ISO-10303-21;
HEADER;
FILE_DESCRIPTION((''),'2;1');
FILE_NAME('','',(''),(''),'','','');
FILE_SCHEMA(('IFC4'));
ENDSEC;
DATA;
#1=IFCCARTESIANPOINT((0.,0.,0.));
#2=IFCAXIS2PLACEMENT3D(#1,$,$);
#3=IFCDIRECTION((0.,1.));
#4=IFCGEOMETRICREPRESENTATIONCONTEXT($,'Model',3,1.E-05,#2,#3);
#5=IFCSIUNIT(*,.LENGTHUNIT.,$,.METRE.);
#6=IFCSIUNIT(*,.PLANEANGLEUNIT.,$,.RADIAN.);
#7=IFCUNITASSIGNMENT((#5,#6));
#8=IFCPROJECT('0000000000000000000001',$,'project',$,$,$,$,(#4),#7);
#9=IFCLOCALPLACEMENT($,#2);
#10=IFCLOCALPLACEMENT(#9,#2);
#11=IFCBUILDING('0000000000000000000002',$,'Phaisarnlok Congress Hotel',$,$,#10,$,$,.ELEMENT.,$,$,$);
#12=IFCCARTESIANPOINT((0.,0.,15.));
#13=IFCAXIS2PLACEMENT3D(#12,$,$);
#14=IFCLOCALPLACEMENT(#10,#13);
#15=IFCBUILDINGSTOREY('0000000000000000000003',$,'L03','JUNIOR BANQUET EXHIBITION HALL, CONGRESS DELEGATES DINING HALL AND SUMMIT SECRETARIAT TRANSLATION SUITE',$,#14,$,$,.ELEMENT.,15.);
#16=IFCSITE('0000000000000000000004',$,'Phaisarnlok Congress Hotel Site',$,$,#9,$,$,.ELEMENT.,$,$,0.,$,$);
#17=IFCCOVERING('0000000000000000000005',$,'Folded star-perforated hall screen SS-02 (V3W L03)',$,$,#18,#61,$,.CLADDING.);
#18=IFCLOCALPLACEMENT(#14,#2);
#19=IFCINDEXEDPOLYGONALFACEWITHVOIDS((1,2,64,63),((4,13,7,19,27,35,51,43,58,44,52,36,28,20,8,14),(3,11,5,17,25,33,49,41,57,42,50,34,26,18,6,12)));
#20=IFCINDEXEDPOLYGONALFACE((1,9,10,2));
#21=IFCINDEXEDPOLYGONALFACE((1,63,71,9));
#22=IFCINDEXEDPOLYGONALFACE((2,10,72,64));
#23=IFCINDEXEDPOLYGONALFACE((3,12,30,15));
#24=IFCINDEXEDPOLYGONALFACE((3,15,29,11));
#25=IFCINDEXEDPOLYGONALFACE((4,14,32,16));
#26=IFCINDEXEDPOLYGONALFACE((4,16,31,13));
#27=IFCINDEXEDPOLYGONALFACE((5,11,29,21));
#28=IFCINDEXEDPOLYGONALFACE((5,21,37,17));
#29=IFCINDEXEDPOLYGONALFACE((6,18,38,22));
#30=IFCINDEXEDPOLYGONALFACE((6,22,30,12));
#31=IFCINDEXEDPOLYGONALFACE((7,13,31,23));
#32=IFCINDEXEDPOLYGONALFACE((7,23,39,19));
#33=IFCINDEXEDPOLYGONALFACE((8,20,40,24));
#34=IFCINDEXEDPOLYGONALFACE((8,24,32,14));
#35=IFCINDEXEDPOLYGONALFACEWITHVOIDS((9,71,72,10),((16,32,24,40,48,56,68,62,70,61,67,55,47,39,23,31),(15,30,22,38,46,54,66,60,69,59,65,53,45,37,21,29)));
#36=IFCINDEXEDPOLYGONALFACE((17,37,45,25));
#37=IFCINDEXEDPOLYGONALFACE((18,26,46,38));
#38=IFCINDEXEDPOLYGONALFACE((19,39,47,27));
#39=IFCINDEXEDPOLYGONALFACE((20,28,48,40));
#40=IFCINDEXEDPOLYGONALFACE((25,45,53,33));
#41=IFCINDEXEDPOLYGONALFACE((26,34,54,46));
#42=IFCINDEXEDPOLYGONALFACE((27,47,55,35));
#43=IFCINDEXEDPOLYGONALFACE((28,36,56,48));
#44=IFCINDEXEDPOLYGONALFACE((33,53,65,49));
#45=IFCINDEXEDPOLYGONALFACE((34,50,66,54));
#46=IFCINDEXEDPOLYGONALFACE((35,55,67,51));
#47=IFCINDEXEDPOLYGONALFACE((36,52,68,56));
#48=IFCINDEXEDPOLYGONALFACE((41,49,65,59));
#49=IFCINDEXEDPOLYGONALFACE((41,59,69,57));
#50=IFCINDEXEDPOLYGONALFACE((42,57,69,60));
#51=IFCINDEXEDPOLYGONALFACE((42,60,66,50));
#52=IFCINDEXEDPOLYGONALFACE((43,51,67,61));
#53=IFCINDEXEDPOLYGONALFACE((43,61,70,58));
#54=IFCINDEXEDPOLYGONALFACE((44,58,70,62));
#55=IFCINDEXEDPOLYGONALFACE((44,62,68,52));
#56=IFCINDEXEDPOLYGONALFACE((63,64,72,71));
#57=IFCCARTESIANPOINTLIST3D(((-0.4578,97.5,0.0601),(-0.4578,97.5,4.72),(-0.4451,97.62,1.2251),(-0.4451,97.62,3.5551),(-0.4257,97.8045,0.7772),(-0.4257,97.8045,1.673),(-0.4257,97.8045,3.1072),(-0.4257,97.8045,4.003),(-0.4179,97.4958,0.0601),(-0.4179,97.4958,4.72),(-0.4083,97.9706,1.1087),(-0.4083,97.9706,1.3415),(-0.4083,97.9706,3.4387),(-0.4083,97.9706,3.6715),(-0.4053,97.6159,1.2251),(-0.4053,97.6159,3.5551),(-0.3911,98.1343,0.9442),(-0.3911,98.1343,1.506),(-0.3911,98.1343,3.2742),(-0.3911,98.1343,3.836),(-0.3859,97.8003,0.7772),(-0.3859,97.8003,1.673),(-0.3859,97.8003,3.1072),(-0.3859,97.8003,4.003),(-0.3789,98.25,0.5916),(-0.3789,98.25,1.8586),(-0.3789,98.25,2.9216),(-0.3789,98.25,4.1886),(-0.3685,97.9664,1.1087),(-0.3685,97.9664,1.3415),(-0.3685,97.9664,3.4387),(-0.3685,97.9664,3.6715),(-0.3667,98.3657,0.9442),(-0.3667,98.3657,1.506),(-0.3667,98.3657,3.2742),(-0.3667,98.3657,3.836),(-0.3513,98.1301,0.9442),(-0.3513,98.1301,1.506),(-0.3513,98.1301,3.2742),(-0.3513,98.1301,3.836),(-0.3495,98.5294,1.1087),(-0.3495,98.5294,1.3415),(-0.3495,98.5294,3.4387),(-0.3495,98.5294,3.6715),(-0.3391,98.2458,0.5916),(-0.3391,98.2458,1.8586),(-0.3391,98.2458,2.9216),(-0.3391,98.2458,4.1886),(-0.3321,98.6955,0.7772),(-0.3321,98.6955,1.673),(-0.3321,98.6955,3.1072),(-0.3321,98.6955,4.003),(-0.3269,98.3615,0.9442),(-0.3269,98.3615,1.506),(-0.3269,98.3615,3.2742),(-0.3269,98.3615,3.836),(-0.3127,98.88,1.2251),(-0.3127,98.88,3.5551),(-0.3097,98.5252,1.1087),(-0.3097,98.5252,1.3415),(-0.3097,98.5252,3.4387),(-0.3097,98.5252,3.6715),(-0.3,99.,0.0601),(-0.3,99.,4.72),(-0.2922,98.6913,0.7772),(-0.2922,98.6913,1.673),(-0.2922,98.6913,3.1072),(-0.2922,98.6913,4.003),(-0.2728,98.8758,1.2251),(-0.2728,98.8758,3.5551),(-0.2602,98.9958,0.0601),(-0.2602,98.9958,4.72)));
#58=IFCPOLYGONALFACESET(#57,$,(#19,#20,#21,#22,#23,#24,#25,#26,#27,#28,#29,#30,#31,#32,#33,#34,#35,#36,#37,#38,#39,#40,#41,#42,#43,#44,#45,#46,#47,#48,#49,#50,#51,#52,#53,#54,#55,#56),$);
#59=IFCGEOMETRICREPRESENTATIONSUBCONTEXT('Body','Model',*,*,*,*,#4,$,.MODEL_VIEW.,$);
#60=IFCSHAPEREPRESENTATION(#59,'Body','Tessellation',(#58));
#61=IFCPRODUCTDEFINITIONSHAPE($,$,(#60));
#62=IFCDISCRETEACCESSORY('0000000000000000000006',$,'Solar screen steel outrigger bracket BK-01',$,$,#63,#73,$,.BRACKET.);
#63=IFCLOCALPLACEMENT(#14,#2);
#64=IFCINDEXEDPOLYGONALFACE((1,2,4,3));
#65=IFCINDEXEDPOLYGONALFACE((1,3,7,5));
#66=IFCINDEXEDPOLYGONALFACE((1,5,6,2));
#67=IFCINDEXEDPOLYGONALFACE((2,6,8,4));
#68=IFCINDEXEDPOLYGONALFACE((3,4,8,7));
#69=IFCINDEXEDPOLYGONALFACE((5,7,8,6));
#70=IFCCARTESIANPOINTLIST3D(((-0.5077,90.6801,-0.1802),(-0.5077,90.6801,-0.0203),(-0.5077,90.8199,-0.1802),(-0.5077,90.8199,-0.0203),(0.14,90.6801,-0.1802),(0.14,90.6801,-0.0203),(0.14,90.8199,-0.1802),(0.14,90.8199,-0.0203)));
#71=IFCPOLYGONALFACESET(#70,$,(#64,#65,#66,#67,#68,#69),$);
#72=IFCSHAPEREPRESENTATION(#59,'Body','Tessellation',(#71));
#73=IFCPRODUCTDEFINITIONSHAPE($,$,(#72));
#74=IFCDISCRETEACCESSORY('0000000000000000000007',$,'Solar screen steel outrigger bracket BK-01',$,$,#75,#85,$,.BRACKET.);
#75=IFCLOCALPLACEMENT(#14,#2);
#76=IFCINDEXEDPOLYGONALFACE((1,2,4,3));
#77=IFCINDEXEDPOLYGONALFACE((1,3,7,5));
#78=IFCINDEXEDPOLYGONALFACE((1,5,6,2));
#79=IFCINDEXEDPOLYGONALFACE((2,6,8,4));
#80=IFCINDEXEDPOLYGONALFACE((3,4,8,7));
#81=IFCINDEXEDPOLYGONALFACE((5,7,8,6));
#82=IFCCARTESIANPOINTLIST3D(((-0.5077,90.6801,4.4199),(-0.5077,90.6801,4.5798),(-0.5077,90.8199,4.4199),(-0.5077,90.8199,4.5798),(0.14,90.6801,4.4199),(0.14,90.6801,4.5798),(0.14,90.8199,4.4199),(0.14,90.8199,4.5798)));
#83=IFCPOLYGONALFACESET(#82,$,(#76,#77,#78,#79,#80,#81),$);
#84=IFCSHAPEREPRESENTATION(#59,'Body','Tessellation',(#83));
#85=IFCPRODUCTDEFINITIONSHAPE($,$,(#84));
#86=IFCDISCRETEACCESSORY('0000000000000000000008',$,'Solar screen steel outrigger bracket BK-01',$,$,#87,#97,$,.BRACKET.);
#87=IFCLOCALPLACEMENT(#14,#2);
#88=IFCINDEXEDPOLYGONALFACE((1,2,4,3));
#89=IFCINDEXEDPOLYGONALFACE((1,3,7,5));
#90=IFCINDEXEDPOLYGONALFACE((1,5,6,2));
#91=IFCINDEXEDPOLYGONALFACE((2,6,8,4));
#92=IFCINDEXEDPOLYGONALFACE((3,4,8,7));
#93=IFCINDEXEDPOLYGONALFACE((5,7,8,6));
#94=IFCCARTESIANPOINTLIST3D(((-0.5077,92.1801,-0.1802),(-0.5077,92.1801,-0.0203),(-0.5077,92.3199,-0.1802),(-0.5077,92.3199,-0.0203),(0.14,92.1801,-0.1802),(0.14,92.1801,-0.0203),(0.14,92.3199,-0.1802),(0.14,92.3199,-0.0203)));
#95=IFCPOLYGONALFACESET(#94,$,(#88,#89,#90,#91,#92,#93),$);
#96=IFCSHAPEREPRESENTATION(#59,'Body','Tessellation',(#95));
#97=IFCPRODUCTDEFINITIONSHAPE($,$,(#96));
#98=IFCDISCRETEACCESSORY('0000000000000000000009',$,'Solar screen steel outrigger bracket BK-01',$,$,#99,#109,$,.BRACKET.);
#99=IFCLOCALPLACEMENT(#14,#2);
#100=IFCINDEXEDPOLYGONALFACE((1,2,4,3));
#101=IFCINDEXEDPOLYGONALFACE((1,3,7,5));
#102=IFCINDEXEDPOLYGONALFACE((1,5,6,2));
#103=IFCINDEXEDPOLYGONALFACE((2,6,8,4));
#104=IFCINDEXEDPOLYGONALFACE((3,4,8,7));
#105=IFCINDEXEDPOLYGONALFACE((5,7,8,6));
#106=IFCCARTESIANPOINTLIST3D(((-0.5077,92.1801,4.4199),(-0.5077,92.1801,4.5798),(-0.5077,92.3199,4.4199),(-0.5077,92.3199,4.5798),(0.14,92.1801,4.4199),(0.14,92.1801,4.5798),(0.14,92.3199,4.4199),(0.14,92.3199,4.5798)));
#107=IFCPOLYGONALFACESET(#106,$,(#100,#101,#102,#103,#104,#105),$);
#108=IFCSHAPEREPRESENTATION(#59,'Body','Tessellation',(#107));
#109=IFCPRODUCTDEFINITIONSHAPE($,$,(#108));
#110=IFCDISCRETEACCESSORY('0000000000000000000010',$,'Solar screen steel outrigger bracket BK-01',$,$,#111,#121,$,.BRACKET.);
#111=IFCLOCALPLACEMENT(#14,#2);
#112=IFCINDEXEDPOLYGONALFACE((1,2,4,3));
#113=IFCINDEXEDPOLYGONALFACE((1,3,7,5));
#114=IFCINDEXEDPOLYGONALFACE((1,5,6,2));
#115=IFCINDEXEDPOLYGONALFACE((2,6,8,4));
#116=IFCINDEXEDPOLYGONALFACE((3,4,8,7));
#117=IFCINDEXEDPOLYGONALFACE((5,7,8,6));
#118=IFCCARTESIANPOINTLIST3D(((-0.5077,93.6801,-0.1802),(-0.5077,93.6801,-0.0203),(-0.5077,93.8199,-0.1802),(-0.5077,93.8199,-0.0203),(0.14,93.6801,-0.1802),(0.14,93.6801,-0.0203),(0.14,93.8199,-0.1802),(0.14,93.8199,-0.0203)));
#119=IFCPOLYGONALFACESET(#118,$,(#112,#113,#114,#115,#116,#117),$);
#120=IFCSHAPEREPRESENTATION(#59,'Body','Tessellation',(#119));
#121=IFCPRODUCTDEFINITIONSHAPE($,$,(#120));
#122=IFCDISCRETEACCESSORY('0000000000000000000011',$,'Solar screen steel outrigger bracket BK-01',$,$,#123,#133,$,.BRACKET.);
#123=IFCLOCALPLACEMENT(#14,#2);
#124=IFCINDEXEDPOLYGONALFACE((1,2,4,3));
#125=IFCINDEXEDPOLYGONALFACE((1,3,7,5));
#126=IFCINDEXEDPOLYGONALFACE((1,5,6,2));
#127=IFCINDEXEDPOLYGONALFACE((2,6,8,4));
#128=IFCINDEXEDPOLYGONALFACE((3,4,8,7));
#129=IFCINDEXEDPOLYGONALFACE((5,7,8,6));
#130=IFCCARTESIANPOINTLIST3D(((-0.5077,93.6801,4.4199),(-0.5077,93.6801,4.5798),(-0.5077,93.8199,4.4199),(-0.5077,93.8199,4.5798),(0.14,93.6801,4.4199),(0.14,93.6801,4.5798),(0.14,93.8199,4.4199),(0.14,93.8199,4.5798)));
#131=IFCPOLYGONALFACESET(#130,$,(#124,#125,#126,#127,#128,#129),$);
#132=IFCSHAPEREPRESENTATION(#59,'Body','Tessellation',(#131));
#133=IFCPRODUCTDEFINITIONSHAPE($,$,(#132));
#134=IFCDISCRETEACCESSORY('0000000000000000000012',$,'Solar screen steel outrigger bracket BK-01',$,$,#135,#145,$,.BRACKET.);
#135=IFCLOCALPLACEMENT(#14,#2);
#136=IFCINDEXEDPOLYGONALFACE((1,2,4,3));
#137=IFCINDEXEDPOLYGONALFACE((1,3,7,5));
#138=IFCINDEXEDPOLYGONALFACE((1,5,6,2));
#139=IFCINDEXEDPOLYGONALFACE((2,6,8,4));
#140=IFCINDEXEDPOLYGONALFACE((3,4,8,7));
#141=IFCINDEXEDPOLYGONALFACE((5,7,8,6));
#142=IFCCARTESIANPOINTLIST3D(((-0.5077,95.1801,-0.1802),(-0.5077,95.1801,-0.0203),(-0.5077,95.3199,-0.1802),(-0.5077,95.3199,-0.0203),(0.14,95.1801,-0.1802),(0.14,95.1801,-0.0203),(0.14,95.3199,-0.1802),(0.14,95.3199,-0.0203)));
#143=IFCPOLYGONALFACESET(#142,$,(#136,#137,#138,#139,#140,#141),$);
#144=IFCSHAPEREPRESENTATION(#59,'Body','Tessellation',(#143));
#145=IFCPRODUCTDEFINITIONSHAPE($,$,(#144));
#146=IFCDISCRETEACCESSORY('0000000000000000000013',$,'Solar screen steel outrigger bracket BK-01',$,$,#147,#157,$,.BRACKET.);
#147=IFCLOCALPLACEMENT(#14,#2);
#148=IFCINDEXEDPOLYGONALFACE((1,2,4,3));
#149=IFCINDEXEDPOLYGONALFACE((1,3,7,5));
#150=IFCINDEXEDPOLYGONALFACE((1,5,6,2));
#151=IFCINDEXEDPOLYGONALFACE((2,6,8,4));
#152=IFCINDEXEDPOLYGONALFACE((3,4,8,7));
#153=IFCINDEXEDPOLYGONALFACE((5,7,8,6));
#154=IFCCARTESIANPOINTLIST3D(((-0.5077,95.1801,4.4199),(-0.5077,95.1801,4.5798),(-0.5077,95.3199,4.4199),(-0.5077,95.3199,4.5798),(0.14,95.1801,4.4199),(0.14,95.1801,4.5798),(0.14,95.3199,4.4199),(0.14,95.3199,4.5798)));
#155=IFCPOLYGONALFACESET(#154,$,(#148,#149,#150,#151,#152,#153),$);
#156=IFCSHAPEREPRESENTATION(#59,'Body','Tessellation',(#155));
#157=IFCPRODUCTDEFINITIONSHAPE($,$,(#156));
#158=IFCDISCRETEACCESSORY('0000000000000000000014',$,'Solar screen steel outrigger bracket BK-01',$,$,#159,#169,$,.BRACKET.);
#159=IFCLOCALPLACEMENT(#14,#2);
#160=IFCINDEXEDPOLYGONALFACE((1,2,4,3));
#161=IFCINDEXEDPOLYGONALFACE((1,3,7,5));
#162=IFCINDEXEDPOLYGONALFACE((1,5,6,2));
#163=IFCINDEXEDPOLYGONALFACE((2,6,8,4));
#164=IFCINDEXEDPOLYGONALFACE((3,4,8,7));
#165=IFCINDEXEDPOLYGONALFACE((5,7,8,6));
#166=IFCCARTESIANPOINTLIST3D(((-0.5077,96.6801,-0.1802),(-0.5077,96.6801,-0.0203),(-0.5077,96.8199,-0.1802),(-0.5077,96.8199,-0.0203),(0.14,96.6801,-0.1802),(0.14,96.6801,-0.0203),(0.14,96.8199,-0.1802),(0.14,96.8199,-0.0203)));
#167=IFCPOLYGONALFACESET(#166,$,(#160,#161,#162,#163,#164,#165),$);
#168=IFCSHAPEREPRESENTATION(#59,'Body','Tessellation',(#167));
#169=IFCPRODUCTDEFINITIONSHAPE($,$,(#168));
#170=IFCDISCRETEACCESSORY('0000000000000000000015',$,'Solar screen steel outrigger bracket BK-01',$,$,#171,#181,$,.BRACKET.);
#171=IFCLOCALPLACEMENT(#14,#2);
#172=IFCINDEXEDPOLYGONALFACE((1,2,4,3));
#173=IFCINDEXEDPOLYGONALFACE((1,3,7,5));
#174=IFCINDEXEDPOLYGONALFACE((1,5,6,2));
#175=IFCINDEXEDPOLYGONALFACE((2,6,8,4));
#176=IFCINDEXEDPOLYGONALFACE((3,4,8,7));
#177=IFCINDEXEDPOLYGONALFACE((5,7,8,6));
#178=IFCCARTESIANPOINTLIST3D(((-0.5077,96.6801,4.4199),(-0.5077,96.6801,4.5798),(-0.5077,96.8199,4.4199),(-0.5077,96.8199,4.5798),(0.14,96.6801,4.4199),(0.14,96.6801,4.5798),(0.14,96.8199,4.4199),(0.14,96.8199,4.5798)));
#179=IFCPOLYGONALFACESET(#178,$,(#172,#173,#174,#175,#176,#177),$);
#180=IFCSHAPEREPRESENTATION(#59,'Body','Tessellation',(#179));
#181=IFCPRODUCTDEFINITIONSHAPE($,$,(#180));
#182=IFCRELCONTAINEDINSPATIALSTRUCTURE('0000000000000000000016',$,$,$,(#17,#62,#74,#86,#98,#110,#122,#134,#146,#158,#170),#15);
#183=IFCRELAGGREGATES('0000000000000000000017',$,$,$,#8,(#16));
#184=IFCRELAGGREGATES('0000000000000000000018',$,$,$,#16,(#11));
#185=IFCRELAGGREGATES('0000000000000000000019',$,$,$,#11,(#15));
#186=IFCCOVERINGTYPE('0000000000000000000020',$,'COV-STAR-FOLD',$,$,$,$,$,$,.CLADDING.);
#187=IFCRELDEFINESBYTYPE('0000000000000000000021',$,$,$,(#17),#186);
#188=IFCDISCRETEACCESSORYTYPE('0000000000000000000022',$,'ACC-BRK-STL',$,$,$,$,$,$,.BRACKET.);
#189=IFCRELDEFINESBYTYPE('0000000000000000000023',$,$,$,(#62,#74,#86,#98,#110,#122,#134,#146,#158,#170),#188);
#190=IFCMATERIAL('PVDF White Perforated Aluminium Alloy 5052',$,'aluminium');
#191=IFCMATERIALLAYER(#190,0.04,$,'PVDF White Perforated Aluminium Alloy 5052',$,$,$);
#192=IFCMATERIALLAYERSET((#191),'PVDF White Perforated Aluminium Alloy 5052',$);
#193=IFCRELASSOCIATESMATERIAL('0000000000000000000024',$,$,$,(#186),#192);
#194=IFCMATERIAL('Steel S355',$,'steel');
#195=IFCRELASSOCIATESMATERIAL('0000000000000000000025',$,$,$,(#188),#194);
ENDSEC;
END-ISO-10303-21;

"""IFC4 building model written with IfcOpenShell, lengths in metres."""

from ifc_helpers import new_model, si_unit, direction, frame, origin, origin_2d, place, context, subcontext, project, spatial, polyline, rectangle, outline, extrude, material, layer, layer_set, type_object, element, save


model = new_model("IFC4")

# Units and contexts
model_context = context("Model", 3, precision=1e-05, world=origin(), true_north=direction((0.0, 1.0)))
body_context = subcontext(model_context, "Body", "Model", "MODEL_VIEW")
ifc_project = project(units=[si_unit("LENGTHUNIT", "METRE"), si_unit("PLANEANGLEUNIT", "RADIAN")], contexts=[model_context])

# Site, building, storey
site_placement = place(None, origin())
site = spatial("IfcSite", under=ifc_project, at=site_placement, Name="Phaisarnlok Congress Hotel Site", CompositionType="ELEMENT", RefElevation=0.0)
building_placement = place(site_placement, origin())
building = spatial("IfcBuilding", under=site, at=building_placement, Name="Phaisarnlok Congress Hotel", CompositionType="ELEMENT")
storey_placement = place(building_placement, frame((0.0, 0.0, 15.0)))
storey = spatial("IfcBuildingStorey", under=building, at=storey_placement, Name="L03", Description="JUNIOR BANQUET EXHIBITION HALL, CONGRESS DELEGATES DINING HALL AND SUMMIT SECRETARIAT TRANSLATION SUITE", CompositionType="ELEMENT", Elevation=15.0)

# Shared definitions
ifc_material_1 = material(Name="Steel S355", Category="steel")

# Covering
ifc_material_2 = material(Name="PVDF White Perforated Aluminium Alloy 5052", Category="aluminium")
ifc_layer_1 = layer(ifc_material_2, 0.04, Name="PVDF White Perforated Aluminium Alloy 5052")
ifc_layer_set_1 = layer_set([ifc_layer_1], Name="PVDF White Perforated Aluminium Alloy 5052")
covering_type = type_object("IfcCoveringType", Name="COV-STAR-FOLD", PredefinedType="CLADDING", material=ifc_layer_set_1)
for number, where, z_axis, x_axis, name in (
    (1, (-0.4578, 97.5, 0.0601), (0.994518, -0.104567, 0.0), (0.104567, 0.994518, 0.0), "Folded star-perforated hall screen SS-02 (V3W L03)"),
):
    element("IfcCovering", number, at=place(storey_placement, frame(where, z_axis=z_axis, x_axis=x_axis)), inside=storey, type_object=covering_type, Name=name, PredefinedType="CLADDING", context=body_context, shape_type="SweptSolid", body=[
        extrude(outline(polyline([(0.0, 0.0), (1.5083, 0.0), (1.5083, 4.6599), (0.0, 4.6599), (0.0, 0.0)]), holes=[polyline([(1.0351, 1.0486), (1.2021, 0.7171), (0.8705, 0.8841), (0.7541, 0.5315), (0.6378, 0.8841), (0.3062, 0.7171), (0.4732, 1.0486), (0.1207, 1.165), (0.4732, 1.2814), (0.3062, 1.6129), (0.6378, 1.4459), (0.7541, 1.7985), (0.8705, 1.4459), (1.2021, 1.6129), (1.0351, 1.2814), (1.3876, 1.165), (1.0351, 1.0486)]), polyline([(1.0351, 3.3786), (1.2021, 3.0471), (0.8705, 3.2141), (0.7541, 2.8615), (0.6378, 3.2141), (0.3062, 3.0471), (0.4732, 3.3786), (0.1207, 3.495), (0.4732, 3.6114), (0.3062, 3.9429), (0.6378, 3.7759), (0.7541, 4.1285), (0.8705, 3.7759), (1.2021, 3.9429), (1.0351, 3.6114), (1.3876, 3.495), (1.0351, 3.3786)])]), origin(), (0.0, 0.0, 1.0), 0.04),
    ])

# Discrete accessories
discrete_accessory_type = type_object("IfcDiscreteAccessoryType", Name="ACC-BRK-STL", PredefinedType="BRACKET", material=ifc_material_1)
for number, where, z_axis, x_axis, name in (
    (2, (-0.1838, 90.75, -0.1802), (0.0, 0.0, 1.0), (1.0, 0.0, 0.0), "Solar screen steel outrigger bracket BK-01"),
    (3, (-0.1838, 90.75, 4.4199), (0.0, 0.0, 1.0), (1.0, 0.0, 0.0), "Solar screen steel outrigger bracket BK-01"),
    (4, (-0.1838, 92.25, -0.1802), (0.0, 0.0, 1.0), (1.0, 0.0, 0.0), "Solar screen steel outrigger bracket BK-01"),
    (5, (-0.1838, 92.25, 4.4199), (0.0, 0.0, 1.0), (1.0, 0.0, 0.0), "Solar screen steel outrigger bracket BK-01"),
    (6, (-0.1838, 93.75, -0.1802), (0.0, 0.0, 1.0), (1.0, 0.0, 0.0), "Solar screen steel outrigger bracket BK-01"),
    (7, (-0.1838, 93.75, 4.4199), (0.0, 0.0, 1.0), (1.0, 0.0, 0.0), "Solar screen steel outrigger bracket BK-01"),
    (8, (-0.1838, 95.25, -0.1802), (0.0, 0.0, 1.0), (1.0, 0.0, 0.0), "Solar screen steel outrigger bracket BK-01"),
    (9, (-0.1838, 95.25, 4.4199), (0.0, 0.0, 1.0), (1.0, 0.0, 0.0), "Solar screen steel outrigger bracket BK-01"),
    (10, (-0.1838, 96.75, -0.1802), (0.0, 0.0, 1.0), (1.0, 0.0, 0.0), "Solar screen steel outrigger bracket BK-01"),
    (11, (-0.1838, 96.75, 4.4199), (0.0, 0.0, 1.0), (1.0, 0.0, 0.0), "Solar screen steel outrigger bracket BK-01"),
):
    element("IfcDiscreteAccessory", number, at=place(storey_placement, frame(where, z_axis=z_axis, x_axis=x_axis)), inside=storey, type_object=discrete_accessory_type, Name=name, PredefinedType="BRACKET", context=body_context, shape_type="SweptSolid", body=[
        extrude(rectangle(XDim=0.6477, YDim=0.1399, at=origin_2d()), origin(), (0.0, 0.0, 1.0), 0.1599),
    ])

save(model, "model.ifc")
